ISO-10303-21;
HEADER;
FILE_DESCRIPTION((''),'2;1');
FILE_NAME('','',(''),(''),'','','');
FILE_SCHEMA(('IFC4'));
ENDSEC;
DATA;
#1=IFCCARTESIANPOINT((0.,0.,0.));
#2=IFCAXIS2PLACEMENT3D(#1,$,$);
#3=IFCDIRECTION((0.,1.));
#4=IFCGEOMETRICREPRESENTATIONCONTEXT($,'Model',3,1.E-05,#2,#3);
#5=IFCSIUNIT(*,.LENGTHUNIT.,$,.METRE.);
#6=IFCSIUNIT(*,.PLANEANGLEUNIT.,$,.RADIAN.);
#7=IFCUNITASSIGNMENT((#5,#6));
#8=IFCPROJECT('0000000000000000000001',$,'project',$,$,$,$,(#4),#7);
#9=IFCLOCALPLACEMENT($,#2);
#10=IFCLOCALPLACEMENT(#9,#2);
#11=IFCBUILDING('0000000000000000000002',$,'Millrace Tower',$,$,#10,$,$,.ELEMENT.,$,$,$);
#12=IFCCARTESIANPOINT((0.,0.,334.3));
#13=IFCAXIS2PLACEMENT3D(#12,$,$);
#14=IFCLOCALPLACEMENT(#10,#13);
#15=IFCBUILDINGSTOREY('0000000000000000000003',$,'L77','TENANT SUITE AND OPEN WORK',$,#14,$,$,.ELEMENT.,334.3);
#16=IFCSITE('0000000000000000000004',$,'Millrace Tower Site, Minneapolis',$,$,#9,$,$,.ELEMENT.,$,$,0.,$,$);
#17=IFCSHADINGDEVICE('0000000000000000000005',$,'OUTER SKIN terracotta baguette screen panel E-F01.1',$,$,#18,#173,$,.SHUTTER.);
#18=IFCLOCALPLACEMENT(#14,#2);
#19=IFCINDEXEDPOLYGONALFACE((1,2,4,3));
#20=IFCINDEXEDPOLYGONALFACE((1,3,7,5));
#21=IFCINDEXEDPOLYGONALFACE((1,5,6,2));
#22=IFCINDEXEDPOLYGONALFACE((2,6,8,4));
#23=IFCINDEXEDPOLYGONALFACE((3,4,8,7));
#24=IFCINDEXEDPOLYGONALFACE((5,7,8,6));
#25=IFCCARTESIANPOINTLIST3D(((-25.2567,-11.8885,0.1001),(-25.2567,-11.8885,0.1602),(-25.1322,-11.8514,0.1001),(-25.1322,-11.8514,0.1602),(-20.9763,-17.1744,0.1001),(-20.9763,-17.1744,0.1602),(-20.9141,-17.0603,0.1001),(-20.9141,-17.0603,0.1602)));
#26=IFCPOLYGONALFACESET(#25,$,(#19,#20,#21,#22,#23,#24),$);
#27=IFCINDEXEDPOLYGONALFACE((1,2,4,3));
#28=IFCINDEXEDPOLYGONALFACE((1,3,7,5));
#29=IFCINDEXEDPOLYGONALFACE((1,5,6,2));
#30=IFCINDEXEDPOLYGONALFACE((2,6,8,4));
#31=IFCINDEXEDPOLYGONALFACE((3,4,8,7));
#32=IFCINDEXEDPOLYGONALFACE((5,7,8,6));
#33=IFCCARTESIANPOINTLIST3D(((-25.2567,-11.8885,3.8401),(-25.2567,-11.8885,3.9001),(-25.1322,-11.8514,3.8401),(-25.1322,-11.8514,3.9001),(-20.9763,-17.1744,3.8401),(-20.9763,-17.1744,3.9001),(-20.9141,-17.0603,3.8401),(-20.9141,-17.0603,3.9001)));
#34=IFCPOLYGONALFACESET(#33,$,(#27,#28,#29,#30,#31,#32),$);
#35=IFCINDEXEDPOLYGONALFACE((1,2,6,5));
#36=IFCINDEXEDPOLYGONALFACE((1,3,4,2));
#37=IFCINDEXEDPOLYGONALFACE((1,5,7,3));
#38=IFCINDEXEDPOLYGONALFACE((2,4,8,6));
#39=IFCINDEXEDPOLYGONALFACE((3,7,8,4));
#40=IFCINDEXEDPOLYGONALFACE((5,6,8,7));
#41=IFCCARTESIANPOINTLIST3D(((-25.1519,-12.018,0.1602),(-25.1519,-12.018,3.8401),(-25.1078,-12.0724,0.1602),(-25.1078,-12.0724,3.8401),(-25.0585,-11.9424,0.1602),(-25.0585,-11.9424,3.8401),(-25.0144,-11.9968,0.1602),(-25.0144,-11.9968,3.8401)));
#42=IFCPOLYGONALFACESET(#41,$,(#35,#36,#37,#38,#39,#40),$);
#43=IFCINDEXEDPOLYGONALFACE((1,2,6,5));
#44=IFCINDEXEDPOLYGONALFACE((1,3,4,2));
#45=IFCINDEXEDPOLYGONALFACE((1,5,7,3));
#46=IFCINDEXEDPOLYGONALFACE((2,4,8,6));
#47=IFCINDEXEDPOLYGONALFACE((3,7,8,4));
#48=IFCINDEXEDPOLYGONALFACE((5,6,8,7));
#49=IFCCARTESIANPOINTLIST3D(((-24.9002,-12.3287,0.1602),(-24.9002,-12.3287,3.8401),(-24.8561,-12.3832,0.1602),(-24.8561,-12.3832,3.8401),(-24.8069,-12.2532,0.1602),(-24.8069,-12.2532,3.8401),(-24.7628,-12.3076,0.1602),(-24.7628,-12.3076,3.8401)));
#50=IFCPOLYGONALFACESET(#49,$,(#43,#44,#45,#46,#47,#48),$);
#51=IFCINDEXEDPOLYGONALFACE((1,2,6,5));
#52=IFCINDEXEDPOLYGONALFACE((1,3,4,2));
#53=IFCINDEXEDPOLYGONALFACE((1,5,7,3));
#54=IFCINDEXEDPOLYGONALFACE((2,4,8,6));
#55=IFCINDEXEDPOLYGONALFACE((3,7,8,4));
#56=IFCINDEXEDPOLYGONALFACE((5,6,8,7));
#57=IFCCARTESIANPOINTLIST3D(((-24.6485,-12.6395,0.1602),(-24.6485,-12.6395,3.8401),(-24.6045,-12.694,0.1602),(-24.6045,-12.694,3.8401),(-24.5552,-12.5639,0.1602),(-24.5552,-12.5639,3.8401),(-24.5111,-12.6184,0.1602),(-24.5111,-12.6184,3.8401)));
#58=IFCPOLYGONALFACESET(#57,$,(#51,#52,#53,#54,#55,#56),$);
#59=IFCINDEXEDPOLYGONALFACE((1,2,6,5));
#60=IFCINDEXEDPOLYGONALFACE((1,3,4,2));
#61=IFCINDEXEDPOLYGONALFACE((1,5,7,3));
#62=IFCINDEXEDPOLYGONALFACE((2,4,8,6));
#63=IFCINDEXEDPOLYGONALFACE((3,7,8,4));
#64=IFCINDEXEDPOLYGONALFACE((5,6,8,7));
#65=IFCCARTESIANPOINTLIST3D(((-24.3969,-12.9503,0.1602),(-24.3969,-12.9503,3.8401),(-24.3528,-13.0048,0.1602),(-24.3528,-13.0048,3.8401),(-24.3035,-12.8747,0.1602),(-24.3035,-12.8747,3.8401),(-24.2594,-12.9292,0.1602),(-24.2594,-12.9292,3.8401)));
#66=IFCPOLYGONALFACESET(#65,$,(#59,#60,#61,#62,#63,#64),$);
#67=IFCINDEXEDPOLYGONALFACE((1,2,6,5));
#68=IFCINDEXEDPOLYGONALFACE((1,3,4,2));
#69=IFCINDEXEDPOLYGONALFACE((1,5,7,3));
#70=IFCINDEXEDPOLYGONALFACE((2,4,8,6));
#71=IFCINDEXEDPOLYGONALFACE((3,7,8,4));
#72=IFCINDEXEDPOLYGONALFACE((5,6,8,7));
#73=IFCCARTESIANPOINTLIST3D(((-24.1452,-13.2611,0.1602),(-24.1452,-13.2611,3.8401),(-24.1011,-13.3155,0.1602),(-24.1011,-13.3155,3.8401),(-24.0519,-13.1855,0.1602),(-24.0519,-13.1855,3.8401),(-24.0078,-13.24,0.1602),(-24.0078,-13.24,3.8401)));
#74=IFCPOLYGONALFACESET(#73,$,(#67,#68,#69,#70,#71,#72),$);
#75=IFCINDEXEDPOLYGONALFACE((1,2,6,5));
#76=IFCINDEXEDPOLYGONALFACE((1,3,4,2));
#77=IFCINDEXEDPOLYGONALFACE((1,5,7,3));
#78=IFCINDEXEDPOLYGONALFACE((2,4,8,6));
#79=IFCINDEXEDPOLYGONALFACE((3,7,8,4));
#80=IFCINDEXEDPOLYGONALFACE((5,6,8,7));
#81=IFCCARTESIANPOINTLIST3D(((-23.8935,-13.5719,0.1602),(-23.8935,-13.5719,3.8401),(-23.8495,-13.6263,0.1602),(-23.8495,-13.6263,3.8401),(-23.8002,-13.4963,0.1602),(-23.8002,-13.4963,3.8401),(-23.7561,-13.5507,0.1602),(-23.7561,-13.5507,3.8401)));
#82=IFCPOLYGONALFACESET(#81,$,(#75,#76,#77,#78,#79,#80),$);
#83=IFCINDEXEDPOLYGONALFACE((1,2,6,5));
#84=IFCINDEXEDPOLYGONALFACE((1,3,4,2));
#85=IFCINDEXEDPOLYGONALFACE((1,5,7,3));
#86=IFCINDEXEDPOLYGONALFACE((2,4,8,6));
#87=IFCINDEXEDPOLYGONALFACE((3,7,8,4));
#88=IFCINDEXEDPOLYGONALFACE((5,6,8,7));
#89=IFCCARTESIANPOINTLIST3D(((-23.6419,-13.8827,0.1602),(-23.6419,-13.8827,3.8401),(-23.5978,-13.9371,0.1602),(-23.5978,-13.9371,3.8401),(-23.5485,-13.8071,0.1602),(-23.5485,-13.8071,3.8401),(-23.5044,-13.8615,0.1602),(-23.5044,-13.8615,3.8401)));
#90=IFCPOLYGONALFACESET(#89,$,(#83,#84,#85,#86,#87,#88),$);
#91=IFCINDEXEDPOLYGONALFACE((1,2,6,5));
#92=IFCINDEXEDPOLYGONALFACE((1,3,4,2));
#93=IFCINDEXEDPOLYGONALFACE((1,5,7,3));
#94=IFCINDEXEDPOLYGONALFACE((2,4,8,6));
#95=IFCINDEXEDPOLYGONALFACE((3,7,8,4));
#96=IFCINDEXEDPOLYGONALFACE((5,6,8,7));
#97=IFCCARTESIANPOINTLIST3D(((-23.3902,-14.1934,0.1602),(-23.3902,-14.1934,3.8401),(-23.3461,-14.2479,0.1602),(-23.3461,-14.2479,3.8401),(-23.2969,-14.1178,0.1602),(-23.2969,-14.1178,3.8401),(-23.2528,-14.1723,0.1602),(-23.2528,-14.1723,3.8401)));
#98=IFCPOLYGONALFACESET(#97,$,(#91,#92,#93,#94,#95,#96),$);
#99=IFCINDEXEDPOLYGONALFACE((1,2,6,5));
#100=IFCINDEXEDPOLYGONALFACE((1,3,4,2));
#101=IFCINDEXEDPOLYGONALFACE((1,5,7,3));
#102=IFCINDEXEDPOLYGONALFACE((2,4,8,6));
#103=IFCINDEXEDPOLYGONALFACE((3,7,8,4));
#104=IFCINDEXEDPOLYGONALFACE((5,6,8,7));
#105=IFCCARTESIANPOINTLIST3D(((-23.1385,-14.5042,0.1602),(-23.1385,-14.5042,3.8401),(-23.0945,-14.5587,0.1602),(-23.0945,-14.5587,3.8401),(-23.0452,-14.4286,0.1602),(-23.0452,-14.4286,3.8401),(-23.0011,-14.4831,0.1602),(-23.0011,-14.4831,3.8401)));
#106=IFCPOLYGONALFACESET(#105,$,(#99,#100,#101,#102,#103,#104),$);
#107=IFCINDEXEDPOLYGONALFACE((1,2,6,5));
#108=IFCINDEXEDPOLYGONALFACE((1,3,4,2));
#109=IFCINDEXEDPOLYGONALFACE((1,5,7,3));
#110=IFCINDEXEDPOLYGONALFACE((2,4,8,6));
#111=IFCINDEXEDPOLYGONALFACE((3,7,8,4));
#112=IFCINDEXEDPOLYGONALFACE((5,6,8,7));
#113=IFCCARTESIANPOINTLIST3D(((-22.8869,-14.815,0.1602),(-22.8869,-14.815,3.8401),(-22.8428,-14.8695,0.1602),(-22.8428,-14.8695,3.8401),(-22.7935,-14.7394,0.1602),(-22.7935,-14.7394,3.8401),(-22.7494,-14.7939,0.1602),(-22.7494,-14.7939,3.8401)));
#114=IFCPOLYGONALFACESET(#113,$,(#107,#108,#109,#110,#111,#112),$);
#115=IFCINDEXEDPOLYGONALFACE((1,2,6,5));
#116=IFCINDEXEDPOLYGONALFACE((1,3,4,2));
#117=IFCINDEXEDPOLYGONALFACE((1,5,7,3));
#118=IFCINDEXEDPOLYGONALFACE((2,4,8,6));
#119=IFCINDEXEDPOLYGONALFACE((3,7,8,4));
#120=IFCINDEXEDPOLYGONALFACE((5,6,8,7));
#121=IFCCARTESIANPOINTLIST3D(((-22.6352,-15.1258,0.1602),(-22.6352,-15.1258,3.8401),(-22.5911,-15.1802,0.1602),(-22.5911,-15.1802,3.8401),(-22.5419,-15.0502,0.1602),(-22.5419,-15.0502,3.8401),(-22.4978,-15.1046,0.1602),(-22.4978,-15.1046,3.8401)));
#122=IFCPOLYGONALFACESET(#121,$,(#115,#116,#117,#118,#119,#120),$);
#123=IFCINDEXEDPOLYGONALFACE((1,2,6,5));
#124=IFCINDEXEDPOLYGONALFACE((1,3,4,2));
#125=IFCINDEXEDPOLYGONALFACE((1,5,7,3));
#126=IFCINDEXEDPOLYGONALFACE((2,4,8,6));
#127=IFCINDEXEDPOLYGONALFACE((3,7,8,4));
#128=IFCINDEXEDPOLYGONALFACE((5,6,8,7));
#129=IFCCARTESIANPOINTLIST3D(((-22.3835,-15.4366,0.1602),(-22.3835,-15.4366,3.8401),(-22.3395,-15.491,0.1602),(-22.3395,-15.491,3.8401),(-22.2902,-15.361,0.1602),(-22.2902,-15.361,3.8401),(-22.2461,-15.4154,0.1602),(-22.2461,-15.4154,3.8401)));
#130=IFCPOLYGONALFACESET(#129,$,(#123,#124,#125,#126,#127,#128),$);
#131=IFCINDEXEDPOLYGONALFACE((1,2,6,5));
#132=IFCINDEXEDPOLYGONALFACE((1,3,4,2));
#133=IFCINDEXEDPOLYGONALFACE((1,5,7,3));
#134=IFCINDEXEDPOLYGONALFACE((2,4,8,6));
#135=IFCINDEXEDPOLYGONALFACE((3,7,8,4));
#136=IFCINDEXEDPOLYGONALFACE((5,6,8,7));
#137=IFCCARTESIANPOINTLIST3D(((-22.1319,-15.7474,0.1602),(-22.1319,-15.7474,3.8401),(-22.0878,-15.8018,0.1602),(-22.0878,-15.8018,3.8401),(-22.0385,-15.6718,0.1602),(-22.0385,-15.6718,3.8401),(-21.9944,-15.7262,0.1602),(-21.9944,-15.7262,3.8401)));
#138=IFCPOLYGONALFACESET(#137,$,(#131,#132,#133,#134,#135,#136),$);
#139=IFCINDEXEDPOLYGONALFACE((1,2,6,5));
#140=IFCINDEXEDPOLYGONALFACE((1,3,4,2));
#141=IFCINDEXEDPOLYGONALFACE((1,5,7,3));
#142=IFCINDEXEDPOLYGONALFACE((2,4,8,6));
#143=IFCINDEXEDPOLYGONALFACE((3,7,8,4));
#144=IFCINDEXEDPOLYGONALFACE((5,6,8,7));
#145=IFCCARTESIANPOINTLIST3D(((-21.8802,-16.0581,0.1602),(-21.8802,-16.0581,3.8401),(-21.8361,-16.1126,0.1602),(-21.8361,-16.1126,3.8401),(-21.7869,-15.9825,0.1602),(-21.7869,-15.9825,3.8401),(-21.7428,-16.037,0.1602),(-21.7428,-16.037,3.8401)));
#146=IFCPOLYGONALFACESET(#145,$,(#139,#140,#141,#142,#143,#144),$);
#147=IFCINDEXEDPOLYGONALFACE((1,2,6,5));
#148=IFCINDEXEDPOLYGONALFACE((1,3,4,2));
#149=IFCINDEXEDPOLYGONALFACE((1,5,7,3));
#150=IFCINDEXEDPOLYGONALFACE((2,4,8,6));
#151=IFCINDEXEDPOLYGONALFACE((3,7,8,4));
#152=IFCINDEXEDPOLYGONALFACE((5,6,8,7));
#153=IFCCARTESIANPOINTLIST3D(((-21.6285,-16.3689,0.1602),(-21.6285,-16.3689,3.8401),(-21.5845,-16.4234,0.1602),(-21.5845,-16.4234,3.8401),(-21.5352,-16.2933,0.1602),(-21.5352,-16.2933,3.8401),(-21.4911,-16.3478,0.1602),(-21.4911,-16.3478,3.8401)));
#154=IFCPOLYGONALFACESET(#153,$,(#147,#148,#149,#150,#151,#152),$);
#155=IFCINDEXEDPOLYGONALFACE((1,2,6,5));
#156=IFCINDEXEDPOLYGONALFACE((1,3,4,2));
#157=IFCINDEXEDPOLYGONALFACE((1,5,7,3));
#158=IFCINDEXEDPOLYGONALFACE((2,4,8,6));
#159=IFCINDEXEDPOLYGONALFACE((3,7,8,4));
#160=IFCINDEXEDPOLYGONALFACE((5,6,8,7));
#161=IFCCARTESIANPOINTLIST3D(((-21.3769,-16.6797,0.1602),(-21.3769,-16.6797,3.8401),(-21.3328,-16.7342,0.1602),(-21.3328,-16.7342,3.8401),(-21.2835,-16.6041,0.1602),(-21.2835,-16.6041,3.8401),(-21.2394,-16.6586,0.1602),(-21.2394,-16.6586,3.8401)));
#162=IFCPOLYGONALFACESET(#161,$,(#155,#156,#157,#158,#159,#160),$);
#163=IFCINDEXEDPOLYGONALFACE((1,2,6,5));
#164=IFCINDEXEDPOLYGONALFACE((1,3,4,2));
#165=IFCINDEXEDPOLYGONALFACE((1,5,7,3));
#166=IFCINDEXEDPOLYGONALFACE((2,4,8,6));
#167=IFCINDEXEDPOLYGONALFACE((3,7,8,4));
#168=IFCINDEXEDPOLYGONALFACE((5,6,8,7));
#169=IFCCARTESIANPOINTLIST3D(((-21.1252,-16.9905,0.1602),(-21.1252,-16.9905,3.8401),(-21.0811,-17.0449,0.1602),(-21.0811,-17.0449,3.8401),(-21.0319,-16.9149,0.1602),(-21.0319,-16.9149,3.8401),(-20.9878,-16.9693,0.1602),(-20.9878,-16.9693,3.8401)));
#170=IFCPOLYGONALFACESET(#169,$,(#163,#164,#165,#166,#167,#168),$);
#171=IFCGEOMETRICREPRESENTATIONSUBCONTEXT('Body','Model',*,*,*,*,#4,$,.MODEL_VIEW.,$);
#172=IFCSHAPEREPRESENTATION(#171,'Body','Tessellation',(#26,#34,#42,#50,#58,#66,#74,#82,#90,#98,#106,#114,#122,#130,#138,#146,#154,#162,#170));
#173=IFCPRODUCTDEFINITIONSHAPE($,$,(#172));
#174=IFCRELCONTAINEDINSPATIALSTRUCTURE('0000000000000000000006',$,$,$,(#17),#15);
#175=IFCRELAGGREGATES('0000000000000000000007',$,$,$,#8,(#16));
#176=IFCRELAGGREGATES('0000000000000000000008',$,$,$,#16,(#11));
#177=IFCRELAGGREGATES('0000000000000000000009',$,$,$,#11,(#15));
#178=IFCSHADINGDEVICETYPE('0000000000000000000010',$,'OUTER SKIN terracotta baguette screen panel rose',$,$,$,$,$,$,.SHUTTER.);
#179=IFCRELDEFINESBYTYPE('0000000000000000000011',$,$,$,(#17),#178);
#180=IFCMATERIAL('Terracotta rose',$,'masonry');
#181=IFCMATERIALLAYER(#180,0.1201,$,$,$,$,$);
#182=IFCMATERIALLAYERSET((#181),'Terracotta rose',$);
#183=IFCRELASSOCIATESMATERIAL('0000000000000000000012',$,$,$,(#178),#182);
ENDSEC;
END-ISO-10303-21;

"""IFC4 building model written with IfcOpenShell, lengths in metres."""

from ifc_helpers import new_model, entity, si_unit, direction, frame, frame_2d, origin, origin_2d, place, context, subcontext, project, spatial, rectangle, extrude, source, transform, mapped, material, layer, layer_set, type_object, element, save


model = new_model("IFC4")

# Units and contexts
model_context = context("Model", 3, precision=1e-05, world=origin(), true_north=direction((0.0, 1.0)))
body_context = subcontext(model_context, "Body", "Model", "MODEL_VIEW")
ifc_project = project(units=[si_unit("LENGTHUNIT", "METRE"), si_unit("PLANEANGLEUNIT", "RADIAN")], contexts=[model_context])

# Site, building, storey
site_placement = place(None, origin())
site = spatial("IfcSite", under=ifc_project, at=site_placement, Name="Millrace Tower Site, Minneapolis", CompositionType="ELEMENT", RefElevation=0.0)
building_placement = place(site_placement, origin())
building = spatial("IfcBuilding", under=site, at=building_placement, Name="Millrace Tower", CompositionType="ELEMENT")
storey_placement = place(building_placement, frame((0.0, 0.0, 334.3)))
storey = spatial("IfcBuildingStorey", under=building, at=storey_placement, Name="L77", Description="TENANT SUITE AND OPEN WORK", CompositionType="ELEMENT", Elevation=334.3)

# Shading device
ifc_material_1 = material(Name="Terracotta rose", Category="masonry")
ifc_layer_1 = layer(ifc_material_1, 0.1201)
ifc_layer_set_1 = layer_set([ifc_layer_1], Name="Terracotta rose")
shading_device_type = type_object("IfcShadingDeviceType", Name="OUTER SKIN terracotta baguette screen panel rose", PredefinedType="SHUTTER", material=ifc_layer_set_1)
cartesian_point_1 = entity("IfcCartesianPoint", [-3.3513, 0.0601])
shared_polyline_1 = entity("IfcPolyline", [cartesian_point_1, entity("IfcCartesianPoint", [3.3513, 0.0601]), entity("IfcCartesianPoint", [3.4009, -0.0601]), entity("IfcCartesianPoint", [-3.4009, -0.0601]), cartesian_point_1])
shared_shape_1 = source(origin(), body_context, "Body", "SweptSolid", [
    entity("IfcExtrudedAreaSolid", entity("IfcArbitraryClosedProfileDef", "AREA", None, shared_polyline_1), entity("IfcAxis2Placement3D", entity("IfcCartesianPoint", [0.0, 0.0, 0.0])), entity("IfcDirection", [0.0, 0.0, 1.0]), 0.0601),
    entity("IfcExtrudedAreaSolid", entity("IfcArbitraryClosedProfileDef", "AREA", None, shared_polyline_1), entity("IfcAxis2Placement3D", entity("IfcCartesianPoint", [0.0, 0.0, 3.74])), entity("IfcDirection", [0.0, 0.0, 1.0]), 0.0601),
    extrude(rectangle(XDim=0.0701, YDim=0.1201, at=frame_2d((-3.1992, 0.0))), frame((0.0, 0.0, 0.0601)), (0.0, 0.0, 1.0), 3.6799),
    extrude(rectangle(XDim=0.0701, YDim=0.1201, at=frame_2d((-2.7993, 0.0))), frame((0.0, 0.0, 0.0601)), (0.0, 0.0, 1.0), 3.6799),
    extrude(rectangle(XDim=0.0701, YDim=0.1201, at=frame_2d((-2.3994, 0.0))), frame((0.0, 0.0, 0.0601)), (0.0, 0.0, 1.0), 3.6799),
    extrude(rectangle(XDim=0.0701, YDim=0.1201, at=frame_2d((-1.9995, 0.0))), frame((0.0, 0.0, 0.0601)), (0.0, 0.0, 1.0), 3.6799),
    extrude(rectangle(XDim=0.0701, YDim=0.1201, at=frame_2d((-1.5996, 0.0))), frame((0.0, 0.0, 0.0601)), (0.0, 0.0, 1.0), 3.6799),
    extrude(rectangle(XDim=0.0701, YDim=0.1201, at=frame_2d((-1.1997, 0.0))), frame((0.0, 0.0, 0.0601)), (0.0, 0.0, 1.0), 3.6799),
    extrude(rectangle(XDim=0.0701, YDim=0.1201, at=frame_2d((-0.7998, 0.0))), frame((0.0, 0.0, 0.0601)), (0.0, 0.0, 1.0), 3.6799),
    extrude(rectangle(XDim=0.0701, YDim=0.1201, at=frame_2d((-0.3999, 0.0))), frame((0.0, 0.0, 0.0601)), (0.0, 0.0, 1.0), 3.6799),
    extrude(rectangle(XDim=0.0701, YDim=0.1201, at=origin_2d()), frame((0.0, 0.0, 0.0601)), (0.0, 0.0, 1.0), 3.6799),
    extrude(rectangle(XDim=0.0701, YDim=0.1201, at=frame_2d((0.3999, 0.0))), frame((0.0, 0.0, 0.0601)), (0.0, 0.0, 1.0), 3.6799),
    extrude(rectangle(XDim=0.0701, YDim=0.1201, at=frame_2d((0.7998, 0.0))), frame((0.0, 0.0, 0.0601)), (0.0, 0.0, 1.0), 3.6799),
    extrude(rectangle(XDim=0.0701, YDim=0.1201, at=frame_2d((1.1997, 0.0))), frame((0.0, 0.0, 0.0601)), (0.0, 0.0, 1.0), 3.6799),
    extrude(rectangle(XDim=0.0701, YDim=0.1201, at=frame_2d((1.5996, 0.0))), frame((0.0, 0.0, 0.0601)), (0.0, 0.0, 1.0), 3.6799),
    extrude(rectangle(XDim=0.0701, YDim=0.1201, at=frame_2d((1.9995, 0.0))), frame((0.0, 0.0, 0.0601)), (0.0, 0.0, 1.0), 3.6799),
    extrude(rectangle(XDim=0.0701, YDim=0.1201, at=frame_2d((2.3994, 0.0))), frame((0.0, 0.0, 0.0601)), (0.0, 0.0, 1.0), 3.6799),
    extrude(rectangle(XDim=0.0701, YDim=0.1201, at=frame_2d((2.7993, 0.0))), frame((0.0, 0.0, 0.0601)), (0.0, 0.0, 1.0), 3.6799),
    extrude(rectangle(XDim=0.0701, YDim=0.1201, at=frame_2d((3.1992, 0.0))), frame((0.0, 0.0, 0.0601)), (0.0, 0.0, 1.0), 3.6799),
])
shading_device_1_placement = place(storey_placement, frame((-23.0698, -14.4937, 0.1001), z_axis=(0.0, 0.0, 1.0), x_axis=(0.62932, -0.777146, 0.0)))
element("IfcShadingDevice", 1, at=shading_device_1_placement, inside=storey, type_object=shading_device_type, Name="OUTER SKIN terracotta baguette screen panel E-F01.1", PredefinedType="SHUTTER", context=body_context, shape_type="MappedRepresentation", body=[
    mapped(shared_shape_1, transform((0.0, 0.0, 0.0), scale=1.0)),
])

save(model, "model.ifc")
